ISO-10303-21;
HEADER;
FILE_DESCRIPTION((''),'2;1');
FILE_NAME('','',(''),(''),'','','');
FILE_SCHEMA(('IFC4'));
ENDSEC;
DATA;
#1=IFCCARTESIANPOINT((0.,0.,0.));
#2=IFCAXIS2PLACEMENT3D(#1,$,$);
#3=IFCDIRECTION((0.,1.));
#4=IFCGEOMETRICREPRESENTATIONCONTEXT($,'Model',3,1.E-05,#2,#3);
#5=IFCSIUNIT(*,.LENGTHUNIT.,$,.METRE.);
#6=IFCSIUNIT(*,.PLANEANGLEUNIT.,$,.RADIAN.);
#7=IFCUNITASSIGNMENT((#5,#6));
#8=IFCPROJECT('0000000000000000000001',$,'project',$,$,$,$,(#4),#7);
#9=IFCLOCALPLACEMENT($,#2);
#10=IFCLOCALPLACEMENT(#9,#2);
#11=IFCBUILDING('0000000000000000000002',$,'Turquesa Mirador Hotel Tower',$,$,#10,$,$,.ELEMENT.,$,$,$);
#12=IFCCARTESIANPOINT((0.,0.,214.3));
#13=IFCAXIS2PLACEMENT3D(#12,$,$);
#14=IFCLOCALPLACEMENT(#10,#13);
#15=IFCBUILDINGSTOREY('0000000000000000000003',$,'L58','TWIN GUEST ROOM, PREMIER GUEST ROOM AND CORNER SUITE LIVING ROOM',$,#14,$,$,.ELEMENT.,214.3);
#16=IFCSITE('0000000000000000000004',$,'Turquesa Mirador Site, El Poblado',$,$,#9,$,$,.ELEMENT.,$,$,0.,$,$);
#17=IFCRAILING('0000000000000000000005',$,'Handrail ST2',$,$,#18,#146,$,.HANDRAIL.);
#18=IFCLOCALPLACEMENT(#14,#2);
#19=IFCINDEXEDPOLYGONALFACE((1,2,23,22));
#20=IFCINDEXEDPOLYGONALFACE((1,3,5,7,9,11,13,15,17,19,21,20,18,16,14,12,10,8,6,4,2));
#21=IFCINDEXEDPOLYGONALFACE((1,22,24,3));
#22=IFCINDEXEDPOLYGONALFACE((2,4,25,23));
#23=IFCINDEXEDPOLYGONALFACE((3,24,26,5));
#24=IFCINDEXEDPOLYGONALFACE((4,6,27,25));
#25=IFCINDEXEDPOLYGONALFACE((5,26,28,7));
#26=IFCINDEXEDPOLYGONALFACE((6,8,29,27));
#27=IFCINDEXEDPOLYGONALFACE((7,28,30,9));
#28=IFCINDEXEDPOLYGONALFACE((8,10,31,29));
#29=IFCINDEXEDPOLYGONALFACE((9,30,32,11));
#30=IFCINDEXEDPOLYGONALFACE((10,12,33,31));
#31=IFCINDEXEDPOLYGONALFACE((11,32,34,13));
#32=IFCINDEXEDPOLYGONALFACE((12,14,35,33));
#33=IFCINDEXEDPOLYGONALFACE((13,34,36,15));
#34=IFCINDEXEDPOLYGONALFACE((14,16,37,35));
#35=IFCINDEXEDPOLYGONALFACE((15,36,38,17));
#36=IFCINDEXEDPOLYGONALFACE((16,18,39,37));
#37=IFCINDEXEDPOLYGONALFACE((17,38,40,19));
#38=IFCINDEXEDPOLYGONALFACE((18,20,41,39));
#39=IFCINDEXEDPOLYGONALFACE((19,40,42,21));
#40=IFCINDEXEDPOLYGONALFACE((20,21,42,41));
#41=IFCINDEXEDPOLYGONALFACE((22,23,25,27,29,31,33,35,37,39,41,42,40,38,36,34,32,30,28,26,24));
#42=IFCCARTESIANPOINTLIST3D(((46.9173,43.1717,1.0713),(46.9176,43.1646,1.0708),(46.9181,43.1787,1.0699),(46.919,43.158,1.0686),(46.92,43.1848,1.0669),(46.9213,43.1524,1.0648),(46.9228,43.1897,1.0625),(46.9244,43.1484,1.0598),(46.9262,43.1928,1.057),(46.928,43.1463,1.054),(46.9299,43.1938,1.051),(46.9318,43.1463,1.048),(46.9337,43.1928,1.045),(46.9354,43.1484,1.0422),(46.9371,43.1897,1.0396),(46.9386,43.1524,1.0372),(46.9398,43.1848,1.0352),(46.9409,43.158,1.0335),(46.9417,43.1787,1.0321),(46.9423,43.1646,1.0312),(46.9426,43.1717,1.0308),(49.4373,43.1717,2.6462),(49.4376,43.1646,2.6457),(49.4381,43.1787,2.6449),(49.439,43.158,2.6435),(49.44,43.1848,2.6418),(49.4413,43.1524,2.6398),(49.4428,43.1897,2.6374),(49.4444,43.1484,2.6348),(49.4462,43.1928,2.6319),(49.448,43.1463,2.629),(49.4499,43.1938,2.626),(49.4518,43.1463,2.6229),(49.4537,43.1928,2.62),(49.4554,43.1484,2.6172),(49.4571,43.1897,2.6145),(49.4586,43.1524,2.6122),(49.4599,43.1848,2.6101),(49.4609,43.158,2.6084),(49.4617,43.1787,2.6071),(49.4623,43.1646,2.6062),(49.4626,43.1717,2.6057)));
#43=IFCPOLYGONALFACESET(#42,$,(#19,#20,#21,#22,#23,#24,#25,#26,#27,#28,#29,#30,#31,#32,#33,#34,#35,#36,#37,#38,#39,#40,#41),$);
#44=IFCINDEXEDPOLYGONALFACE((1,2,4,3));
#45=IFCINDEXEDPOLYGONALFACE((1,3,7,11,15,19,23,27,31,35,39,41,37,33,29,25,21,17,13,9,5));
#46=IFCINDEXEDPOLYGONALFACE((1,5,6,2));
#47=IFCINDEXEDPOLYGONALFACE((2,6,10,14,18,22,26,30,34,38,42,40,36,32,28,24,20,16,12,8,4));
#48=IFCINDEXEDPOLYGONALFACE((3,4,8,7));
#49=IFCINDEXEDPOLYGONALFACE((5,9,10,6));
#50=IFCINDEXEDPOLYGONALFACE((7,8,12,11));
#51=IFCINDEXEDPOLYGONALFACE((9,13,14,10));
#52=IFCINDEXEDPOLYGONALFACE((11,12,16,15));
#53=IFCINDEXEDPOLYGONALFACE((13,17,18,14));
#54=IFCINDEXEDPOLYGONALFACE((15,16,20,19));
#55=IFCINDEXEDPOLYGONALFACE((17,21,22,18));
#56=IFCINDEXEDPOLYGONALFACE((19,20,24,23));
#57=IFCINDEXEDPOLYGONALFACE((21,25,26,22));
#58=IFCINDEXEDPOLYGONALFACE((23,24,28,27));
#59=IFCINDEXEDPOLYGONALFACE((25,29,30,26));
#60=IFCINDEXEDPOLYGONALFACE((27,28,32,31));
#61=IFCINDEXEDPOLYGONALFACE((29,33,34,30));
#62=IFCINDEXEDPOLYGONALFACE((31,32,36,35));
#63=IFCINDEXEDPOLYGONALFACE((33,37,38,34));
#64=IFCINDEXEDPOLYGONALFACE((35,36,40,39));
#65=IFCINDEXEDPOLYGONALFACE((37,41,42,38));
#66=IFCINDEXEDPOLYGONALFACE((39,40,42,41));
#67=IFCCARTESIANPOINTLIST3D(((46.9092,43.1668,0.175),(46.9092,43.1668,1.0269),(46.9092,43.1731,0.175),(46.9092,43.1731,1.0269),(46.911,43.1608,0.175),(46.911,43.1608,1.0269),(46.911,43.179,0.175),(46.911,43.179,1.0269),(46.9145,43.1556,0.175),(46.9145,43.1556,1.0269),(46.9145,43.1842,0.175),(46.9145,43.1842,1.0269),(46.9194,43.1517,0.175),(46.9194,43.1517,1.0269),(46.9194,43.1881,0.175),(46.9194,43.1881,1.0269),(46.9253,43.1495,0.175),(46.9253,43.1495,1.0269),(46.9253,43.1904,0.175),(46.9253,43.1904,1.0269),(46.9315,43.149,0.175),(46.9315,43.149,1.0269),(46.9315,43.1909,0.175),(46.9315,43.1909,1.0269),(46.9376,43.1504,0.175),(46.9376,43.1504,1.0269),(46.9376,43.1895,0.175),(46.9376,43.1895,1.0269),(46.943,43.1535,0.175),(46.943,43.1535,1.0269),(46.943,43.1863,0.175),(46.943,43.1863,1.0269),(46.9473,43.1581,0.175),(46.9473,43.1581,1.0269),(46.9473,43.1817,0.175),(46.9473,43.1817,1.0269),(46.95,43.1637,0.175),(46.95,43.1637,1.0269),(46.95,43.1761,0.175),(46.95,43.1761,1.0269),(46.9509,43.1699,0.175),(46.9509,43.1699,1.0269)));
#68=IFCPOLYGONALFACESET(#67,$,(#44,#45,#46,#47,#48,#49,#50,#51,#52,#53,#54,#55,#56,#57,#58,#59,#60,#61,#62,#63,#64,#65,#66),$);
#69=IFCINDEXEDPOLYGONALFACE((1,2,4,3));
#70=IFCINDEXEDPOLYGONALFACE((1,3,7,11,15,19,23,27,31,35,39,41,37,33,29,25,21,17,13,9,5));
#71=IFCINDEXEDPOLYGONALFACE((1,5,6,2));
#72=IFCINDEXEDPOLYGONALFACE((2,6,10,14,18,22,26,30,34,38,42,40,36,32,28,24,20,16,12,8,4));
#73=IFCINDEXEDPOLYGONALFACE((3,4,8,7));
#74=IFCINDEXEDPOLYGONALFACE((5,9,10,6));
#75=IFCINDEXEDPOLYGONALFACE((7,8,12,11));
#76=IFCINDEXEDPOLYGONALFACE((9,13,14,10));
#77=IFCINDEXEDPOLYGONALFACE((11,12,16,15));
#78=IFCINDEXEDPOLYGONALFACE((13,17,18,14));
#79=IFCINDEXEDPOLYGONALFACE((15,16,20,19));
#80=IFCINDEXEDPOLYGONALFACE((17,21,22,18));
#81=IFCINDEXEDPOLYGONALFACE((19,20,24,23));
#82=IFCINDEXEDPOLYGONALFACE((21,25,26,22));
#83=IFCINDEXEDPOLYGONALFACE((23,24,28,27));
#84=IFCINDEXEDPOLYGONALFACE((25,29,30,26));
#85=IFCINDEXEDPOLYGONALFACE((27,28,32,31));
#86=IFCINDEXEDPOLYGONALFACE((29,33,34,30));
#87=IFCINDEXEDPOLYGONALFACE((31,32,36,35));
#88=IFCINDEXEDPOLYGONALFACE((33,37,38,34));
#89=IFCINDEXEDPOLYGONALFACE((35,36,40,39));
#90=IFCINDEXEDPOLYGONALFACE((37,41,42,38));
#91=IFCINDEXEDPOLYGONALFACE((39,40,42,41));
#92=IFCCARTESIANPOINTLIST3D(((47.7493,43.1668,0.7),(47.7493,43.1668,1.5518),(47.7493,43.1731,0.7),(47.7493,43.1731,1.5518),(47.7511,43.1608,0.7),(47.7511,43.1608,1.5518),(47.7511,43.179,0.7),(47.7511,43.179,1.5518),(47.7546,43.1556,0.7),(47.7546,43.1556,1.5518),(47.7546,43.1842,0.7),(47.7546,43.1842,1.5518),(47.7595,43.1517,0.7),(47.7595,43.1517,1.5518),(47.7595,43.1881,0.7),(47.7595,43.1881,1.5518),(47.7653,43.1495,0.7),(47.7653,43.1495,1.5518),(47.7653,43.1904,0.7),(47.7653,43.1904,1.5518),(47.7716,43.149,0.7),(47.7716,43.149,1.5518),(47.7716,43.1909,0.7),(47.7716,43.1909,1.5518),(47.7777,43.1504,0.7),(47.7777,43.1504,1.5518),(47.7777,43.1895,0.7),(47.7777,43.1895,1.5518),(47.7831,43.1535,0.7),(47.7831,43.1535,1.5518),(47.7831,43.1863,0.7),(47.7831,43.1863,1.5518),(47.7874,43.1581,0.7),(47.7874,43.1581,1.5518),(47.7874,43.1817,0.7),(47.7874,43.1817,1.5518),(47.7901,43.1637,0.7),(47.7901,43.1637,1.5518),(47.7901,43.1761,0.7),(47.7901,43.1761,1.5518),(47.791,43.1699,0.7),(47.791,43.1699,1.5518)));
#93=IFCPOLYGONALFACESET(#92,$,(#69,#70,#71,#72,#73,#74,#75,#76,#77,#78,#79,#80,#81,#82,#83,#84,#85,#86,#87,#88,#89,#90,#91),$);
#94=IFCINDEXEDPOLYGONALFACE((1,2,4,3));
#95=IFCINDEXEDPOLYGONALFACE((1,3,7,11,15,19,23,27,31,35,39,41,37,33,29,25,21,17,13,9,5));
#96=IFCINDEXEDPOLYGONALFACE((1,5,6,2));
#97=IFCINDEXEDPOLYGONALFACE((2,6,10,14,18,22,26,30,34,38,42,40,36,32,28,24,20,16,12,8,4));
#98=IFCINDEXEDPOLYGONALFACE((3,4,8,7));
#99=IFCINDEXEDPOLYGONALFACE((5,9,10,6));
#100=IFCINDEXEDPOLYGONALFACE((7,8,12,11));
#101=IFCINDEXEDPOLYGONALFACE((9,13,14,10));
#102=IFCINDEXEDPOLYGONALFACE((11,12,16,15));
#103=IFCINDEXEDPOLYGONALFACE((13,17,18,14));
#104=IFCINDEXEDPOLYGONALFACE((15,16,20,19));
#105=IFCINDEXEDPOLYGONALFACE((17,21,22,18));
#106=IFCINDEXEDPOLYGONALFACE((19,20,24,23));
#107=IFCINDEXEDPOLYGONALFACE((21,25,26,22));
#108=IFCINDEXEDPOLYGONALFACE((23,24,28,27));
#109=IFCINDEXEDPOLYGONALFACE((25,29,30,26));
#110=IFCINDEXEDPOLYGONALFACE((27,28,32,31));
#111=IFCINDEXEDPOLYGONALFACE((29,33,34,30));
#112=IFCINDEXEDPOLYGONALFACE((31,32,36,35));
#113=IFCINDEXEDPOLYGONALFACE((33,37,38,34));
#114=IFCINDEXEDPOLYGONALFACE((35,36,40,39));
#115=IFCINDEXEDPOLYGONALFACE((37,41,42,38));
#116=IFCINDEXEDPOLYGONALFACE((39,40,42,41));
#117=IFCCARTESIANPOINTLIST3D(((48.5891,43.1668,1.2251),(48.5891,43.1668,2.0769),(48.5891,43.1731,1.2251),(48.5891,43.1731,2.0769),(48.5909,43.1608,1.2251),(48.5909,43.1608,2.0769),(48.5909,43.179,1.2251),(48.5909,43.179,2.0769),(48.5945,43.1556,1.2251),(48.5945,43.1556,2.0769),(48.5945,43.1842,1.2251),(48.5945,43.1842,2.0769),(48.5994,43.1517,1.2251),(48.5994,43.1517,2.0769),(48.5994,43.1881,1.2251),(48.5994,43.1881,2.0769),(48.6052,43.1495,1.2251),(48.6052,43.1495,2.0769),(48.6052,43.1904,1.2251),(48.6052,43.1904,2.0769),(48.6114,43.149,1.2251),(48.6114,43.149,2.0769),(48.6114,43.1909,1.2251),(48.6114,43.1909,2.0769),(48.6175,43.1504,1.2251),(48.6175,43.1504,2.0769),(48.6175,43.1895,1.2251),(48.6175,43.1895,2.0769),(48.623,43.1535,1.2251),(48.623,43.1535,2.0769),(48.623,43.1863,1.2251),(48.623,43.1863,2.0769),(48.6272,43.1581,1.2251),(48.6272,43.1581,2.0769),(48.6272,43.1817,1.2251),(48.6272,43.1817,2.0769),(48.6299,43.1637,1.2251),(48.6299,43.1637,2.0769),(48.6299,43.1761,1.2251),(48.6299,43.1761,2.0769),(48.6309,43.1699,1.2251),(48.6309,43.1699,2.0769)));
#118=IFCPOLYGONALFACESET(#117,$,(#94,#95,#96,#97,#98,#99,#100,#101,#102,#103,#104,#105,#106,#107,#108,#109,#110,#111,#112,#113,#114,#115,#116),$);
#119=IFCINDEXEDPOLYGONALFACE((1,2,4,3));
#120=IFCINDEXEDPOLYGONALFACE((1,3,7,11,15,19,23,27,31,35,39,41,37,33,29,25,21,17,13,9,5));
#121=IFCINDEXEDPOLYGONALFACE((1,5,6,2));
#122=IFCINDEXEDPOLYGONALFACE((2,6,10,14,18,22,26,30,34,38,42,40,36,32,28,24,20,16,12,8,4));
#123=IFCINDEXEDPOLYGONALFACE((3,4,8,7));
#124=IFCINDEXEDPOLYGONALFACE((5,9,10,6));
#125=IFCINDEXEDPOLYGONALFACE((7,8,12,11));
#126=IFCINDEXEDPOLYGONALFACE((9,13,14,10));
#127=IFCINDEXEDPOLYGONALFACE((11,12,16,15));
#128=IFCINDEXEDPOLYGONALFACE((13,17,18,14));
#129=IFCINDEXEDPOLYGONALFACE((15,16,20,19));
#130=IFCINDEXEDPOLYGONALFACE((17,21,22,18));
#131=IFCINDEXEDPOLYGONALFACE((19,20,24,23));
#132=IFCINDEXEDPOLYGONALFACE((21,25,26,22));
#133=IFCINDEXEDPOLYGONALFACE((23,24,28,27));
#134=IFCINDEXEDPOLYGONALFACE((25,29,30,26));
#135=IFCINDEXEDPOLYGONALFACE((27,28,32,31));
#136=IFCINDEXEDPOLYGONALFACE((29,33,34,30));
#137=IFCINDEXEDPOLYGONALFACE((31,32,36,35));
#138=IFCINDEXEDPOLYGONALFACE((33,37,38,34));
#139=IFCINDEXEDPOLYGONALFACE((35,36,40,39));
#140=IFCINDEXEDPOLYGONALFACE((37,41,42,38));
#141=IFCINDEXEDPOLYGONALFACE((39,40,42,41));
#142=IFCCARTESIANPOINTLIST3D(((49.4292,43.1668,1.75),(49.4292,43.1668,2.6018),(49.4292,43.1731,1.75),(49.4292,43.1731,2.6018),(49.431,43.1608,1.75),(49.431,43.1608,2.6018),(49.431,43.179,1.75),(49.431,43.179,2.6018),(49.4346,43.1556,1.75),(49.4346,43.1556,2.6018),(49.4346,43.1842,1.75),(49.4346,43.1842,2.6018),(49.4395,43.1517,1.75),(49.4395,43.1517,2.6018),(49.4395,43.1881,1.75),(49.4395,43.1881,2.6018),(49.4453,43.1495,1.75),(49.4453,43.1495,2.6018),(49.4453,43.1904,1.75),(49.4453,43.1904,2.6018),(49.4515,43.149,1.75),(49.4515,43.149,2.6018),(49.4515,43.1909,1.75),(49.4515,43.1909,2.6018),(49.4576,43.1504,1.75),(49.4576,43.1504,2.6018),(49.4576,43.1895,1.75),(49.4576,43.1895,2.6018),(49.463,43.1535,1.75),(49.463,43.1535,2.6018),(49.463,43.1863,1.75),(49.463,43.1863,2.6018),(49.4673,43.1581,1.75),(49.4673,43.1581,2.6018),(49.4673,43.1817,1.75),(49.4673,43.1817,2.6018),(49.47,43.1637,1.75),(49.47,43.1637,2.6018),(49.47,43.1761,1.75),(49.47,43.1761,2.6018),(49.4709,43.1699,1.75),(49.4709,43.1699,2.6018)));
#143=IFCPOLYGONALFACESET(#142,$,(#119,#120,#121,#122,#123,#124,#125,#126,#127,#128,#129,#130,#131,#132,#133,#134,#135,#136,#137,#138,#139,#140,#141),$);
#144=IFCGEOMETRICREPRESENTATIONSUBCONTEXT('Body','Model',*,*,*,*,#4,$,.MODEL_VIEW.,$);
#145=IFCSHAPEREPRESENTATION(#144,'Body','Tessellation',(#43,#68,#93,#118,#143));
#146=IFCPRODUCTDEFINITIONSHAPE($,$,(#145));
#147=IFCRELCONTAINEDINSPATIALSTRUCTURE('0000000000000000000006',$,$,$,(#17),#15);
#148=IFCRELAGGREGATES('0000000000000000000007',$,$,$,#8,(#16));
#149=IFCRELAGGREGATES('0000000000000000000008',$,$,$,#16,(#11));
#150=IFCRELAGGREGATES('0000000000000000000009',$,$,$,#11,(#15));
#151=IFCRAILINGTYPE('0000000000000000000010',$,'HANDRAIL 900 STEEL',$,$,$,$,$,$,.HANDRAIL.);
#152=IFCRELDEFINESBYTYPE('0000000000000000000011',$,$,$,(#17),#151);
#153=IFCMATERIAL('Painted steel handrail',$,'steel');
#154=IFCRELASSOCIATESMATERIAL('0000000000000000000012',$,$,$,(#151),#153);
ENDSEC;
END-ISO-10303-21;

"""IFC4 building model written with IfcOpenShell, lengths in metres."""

from ifc_helpers import new_model, si_unit, direction, frame, origin, origin_2d, place, context, subcontext, project, spatial, circle, extrude, material, type_object, element, save


model = new_model("IFC4")

# Units and contexts
model_context = context("Model", 3, precision=1e-05, world=origin(), true_north=direction((0.0, 1.0)))
body_context = subcontext(model_context, "Body", "Model", "MODEL_VIEW")
ifc_project = project(units=[si_unit("LENGTHUNIT", "METRE"), si_unit("PLANEANGLEUNIT", "RADIAN")], contexts=[model_context])

# Site, building, storey
site_placement = place(None, origin())
site = spatial("IfcSite", under=ifc_project, at=site_placement, Name="Turquesa Mirador Site, El Poblado", CompositionType="ELEMENT", RefElevation=0.0)
building_placement = place(site_placement, origin())
building = spatial("IfcBuilding", under=site, at=building_placement, Name="Turquesa Mirador Hotel Tower", CompositionType="ELEMENT")
storey_placement = place(building_placement, frame((0.0, 0.0, 214.3)))
storey = spatial("IfcBuildingStorey", under=building, at=storey_placement, Name="L58", Description="TWIN GUEST ROOM, PREMIER GUEST ROOM AND CORNER SUITE LIVING ROOM", CompositionType="ELEMENT", Elevation=214.3)

# Railing
ifc_material_1 = material(Name="Painted steel handrail", Category="steel")
railing_type = type_object("IfcRailingType", Name="HANDRAIL 900 STEEL", PredefinedType="HANDRAIL", material=ifc_material_1)
railing_1_placement = place(storey_placement, frame((46.9299, 43.1699, 0.175)))
element("IfcRailing", 1, at=railing_1_placement, inside=storey, type_object=railing_type, Name="Handrail ST2", PredefinedType="HANDRAIL", context=body_context, shape_type="SweptSolid", body=[
    extrude(circle(Radius=0.0239, at=origin_2d()), frame((0.0, 0.0, 0.876), z_axis=(0.848008, 0.0, 0.529984), x_axis=(0.0, 1.0, 0.0)), (0.0, 0.0, 1.0), 2.9717),
    extrude(circle(Radius=0.021, at=origin_2d()), origin(), (0.0, 0.0, 1.0), 0.8518),
    extrude(circle(Radius=0.021, at=origin_2d()), frame((0.8401, 0.0, 0.5249)), (0.0, 0.0, 1.0), 0.8518),
    extrude(circle(Radius=0.021, at=origin_2d()), frame((1.6799, 0.0, 1.05)), (0.0, 0.0, 1.0), 0.8518),
    extrude(circle(Radius=0.021, at=origin_2d()), frame((2.52, 0.0, 1.575)), (0.0, 0.0, 1.0), 0.8518),
])

save(model, "model.ifc")
